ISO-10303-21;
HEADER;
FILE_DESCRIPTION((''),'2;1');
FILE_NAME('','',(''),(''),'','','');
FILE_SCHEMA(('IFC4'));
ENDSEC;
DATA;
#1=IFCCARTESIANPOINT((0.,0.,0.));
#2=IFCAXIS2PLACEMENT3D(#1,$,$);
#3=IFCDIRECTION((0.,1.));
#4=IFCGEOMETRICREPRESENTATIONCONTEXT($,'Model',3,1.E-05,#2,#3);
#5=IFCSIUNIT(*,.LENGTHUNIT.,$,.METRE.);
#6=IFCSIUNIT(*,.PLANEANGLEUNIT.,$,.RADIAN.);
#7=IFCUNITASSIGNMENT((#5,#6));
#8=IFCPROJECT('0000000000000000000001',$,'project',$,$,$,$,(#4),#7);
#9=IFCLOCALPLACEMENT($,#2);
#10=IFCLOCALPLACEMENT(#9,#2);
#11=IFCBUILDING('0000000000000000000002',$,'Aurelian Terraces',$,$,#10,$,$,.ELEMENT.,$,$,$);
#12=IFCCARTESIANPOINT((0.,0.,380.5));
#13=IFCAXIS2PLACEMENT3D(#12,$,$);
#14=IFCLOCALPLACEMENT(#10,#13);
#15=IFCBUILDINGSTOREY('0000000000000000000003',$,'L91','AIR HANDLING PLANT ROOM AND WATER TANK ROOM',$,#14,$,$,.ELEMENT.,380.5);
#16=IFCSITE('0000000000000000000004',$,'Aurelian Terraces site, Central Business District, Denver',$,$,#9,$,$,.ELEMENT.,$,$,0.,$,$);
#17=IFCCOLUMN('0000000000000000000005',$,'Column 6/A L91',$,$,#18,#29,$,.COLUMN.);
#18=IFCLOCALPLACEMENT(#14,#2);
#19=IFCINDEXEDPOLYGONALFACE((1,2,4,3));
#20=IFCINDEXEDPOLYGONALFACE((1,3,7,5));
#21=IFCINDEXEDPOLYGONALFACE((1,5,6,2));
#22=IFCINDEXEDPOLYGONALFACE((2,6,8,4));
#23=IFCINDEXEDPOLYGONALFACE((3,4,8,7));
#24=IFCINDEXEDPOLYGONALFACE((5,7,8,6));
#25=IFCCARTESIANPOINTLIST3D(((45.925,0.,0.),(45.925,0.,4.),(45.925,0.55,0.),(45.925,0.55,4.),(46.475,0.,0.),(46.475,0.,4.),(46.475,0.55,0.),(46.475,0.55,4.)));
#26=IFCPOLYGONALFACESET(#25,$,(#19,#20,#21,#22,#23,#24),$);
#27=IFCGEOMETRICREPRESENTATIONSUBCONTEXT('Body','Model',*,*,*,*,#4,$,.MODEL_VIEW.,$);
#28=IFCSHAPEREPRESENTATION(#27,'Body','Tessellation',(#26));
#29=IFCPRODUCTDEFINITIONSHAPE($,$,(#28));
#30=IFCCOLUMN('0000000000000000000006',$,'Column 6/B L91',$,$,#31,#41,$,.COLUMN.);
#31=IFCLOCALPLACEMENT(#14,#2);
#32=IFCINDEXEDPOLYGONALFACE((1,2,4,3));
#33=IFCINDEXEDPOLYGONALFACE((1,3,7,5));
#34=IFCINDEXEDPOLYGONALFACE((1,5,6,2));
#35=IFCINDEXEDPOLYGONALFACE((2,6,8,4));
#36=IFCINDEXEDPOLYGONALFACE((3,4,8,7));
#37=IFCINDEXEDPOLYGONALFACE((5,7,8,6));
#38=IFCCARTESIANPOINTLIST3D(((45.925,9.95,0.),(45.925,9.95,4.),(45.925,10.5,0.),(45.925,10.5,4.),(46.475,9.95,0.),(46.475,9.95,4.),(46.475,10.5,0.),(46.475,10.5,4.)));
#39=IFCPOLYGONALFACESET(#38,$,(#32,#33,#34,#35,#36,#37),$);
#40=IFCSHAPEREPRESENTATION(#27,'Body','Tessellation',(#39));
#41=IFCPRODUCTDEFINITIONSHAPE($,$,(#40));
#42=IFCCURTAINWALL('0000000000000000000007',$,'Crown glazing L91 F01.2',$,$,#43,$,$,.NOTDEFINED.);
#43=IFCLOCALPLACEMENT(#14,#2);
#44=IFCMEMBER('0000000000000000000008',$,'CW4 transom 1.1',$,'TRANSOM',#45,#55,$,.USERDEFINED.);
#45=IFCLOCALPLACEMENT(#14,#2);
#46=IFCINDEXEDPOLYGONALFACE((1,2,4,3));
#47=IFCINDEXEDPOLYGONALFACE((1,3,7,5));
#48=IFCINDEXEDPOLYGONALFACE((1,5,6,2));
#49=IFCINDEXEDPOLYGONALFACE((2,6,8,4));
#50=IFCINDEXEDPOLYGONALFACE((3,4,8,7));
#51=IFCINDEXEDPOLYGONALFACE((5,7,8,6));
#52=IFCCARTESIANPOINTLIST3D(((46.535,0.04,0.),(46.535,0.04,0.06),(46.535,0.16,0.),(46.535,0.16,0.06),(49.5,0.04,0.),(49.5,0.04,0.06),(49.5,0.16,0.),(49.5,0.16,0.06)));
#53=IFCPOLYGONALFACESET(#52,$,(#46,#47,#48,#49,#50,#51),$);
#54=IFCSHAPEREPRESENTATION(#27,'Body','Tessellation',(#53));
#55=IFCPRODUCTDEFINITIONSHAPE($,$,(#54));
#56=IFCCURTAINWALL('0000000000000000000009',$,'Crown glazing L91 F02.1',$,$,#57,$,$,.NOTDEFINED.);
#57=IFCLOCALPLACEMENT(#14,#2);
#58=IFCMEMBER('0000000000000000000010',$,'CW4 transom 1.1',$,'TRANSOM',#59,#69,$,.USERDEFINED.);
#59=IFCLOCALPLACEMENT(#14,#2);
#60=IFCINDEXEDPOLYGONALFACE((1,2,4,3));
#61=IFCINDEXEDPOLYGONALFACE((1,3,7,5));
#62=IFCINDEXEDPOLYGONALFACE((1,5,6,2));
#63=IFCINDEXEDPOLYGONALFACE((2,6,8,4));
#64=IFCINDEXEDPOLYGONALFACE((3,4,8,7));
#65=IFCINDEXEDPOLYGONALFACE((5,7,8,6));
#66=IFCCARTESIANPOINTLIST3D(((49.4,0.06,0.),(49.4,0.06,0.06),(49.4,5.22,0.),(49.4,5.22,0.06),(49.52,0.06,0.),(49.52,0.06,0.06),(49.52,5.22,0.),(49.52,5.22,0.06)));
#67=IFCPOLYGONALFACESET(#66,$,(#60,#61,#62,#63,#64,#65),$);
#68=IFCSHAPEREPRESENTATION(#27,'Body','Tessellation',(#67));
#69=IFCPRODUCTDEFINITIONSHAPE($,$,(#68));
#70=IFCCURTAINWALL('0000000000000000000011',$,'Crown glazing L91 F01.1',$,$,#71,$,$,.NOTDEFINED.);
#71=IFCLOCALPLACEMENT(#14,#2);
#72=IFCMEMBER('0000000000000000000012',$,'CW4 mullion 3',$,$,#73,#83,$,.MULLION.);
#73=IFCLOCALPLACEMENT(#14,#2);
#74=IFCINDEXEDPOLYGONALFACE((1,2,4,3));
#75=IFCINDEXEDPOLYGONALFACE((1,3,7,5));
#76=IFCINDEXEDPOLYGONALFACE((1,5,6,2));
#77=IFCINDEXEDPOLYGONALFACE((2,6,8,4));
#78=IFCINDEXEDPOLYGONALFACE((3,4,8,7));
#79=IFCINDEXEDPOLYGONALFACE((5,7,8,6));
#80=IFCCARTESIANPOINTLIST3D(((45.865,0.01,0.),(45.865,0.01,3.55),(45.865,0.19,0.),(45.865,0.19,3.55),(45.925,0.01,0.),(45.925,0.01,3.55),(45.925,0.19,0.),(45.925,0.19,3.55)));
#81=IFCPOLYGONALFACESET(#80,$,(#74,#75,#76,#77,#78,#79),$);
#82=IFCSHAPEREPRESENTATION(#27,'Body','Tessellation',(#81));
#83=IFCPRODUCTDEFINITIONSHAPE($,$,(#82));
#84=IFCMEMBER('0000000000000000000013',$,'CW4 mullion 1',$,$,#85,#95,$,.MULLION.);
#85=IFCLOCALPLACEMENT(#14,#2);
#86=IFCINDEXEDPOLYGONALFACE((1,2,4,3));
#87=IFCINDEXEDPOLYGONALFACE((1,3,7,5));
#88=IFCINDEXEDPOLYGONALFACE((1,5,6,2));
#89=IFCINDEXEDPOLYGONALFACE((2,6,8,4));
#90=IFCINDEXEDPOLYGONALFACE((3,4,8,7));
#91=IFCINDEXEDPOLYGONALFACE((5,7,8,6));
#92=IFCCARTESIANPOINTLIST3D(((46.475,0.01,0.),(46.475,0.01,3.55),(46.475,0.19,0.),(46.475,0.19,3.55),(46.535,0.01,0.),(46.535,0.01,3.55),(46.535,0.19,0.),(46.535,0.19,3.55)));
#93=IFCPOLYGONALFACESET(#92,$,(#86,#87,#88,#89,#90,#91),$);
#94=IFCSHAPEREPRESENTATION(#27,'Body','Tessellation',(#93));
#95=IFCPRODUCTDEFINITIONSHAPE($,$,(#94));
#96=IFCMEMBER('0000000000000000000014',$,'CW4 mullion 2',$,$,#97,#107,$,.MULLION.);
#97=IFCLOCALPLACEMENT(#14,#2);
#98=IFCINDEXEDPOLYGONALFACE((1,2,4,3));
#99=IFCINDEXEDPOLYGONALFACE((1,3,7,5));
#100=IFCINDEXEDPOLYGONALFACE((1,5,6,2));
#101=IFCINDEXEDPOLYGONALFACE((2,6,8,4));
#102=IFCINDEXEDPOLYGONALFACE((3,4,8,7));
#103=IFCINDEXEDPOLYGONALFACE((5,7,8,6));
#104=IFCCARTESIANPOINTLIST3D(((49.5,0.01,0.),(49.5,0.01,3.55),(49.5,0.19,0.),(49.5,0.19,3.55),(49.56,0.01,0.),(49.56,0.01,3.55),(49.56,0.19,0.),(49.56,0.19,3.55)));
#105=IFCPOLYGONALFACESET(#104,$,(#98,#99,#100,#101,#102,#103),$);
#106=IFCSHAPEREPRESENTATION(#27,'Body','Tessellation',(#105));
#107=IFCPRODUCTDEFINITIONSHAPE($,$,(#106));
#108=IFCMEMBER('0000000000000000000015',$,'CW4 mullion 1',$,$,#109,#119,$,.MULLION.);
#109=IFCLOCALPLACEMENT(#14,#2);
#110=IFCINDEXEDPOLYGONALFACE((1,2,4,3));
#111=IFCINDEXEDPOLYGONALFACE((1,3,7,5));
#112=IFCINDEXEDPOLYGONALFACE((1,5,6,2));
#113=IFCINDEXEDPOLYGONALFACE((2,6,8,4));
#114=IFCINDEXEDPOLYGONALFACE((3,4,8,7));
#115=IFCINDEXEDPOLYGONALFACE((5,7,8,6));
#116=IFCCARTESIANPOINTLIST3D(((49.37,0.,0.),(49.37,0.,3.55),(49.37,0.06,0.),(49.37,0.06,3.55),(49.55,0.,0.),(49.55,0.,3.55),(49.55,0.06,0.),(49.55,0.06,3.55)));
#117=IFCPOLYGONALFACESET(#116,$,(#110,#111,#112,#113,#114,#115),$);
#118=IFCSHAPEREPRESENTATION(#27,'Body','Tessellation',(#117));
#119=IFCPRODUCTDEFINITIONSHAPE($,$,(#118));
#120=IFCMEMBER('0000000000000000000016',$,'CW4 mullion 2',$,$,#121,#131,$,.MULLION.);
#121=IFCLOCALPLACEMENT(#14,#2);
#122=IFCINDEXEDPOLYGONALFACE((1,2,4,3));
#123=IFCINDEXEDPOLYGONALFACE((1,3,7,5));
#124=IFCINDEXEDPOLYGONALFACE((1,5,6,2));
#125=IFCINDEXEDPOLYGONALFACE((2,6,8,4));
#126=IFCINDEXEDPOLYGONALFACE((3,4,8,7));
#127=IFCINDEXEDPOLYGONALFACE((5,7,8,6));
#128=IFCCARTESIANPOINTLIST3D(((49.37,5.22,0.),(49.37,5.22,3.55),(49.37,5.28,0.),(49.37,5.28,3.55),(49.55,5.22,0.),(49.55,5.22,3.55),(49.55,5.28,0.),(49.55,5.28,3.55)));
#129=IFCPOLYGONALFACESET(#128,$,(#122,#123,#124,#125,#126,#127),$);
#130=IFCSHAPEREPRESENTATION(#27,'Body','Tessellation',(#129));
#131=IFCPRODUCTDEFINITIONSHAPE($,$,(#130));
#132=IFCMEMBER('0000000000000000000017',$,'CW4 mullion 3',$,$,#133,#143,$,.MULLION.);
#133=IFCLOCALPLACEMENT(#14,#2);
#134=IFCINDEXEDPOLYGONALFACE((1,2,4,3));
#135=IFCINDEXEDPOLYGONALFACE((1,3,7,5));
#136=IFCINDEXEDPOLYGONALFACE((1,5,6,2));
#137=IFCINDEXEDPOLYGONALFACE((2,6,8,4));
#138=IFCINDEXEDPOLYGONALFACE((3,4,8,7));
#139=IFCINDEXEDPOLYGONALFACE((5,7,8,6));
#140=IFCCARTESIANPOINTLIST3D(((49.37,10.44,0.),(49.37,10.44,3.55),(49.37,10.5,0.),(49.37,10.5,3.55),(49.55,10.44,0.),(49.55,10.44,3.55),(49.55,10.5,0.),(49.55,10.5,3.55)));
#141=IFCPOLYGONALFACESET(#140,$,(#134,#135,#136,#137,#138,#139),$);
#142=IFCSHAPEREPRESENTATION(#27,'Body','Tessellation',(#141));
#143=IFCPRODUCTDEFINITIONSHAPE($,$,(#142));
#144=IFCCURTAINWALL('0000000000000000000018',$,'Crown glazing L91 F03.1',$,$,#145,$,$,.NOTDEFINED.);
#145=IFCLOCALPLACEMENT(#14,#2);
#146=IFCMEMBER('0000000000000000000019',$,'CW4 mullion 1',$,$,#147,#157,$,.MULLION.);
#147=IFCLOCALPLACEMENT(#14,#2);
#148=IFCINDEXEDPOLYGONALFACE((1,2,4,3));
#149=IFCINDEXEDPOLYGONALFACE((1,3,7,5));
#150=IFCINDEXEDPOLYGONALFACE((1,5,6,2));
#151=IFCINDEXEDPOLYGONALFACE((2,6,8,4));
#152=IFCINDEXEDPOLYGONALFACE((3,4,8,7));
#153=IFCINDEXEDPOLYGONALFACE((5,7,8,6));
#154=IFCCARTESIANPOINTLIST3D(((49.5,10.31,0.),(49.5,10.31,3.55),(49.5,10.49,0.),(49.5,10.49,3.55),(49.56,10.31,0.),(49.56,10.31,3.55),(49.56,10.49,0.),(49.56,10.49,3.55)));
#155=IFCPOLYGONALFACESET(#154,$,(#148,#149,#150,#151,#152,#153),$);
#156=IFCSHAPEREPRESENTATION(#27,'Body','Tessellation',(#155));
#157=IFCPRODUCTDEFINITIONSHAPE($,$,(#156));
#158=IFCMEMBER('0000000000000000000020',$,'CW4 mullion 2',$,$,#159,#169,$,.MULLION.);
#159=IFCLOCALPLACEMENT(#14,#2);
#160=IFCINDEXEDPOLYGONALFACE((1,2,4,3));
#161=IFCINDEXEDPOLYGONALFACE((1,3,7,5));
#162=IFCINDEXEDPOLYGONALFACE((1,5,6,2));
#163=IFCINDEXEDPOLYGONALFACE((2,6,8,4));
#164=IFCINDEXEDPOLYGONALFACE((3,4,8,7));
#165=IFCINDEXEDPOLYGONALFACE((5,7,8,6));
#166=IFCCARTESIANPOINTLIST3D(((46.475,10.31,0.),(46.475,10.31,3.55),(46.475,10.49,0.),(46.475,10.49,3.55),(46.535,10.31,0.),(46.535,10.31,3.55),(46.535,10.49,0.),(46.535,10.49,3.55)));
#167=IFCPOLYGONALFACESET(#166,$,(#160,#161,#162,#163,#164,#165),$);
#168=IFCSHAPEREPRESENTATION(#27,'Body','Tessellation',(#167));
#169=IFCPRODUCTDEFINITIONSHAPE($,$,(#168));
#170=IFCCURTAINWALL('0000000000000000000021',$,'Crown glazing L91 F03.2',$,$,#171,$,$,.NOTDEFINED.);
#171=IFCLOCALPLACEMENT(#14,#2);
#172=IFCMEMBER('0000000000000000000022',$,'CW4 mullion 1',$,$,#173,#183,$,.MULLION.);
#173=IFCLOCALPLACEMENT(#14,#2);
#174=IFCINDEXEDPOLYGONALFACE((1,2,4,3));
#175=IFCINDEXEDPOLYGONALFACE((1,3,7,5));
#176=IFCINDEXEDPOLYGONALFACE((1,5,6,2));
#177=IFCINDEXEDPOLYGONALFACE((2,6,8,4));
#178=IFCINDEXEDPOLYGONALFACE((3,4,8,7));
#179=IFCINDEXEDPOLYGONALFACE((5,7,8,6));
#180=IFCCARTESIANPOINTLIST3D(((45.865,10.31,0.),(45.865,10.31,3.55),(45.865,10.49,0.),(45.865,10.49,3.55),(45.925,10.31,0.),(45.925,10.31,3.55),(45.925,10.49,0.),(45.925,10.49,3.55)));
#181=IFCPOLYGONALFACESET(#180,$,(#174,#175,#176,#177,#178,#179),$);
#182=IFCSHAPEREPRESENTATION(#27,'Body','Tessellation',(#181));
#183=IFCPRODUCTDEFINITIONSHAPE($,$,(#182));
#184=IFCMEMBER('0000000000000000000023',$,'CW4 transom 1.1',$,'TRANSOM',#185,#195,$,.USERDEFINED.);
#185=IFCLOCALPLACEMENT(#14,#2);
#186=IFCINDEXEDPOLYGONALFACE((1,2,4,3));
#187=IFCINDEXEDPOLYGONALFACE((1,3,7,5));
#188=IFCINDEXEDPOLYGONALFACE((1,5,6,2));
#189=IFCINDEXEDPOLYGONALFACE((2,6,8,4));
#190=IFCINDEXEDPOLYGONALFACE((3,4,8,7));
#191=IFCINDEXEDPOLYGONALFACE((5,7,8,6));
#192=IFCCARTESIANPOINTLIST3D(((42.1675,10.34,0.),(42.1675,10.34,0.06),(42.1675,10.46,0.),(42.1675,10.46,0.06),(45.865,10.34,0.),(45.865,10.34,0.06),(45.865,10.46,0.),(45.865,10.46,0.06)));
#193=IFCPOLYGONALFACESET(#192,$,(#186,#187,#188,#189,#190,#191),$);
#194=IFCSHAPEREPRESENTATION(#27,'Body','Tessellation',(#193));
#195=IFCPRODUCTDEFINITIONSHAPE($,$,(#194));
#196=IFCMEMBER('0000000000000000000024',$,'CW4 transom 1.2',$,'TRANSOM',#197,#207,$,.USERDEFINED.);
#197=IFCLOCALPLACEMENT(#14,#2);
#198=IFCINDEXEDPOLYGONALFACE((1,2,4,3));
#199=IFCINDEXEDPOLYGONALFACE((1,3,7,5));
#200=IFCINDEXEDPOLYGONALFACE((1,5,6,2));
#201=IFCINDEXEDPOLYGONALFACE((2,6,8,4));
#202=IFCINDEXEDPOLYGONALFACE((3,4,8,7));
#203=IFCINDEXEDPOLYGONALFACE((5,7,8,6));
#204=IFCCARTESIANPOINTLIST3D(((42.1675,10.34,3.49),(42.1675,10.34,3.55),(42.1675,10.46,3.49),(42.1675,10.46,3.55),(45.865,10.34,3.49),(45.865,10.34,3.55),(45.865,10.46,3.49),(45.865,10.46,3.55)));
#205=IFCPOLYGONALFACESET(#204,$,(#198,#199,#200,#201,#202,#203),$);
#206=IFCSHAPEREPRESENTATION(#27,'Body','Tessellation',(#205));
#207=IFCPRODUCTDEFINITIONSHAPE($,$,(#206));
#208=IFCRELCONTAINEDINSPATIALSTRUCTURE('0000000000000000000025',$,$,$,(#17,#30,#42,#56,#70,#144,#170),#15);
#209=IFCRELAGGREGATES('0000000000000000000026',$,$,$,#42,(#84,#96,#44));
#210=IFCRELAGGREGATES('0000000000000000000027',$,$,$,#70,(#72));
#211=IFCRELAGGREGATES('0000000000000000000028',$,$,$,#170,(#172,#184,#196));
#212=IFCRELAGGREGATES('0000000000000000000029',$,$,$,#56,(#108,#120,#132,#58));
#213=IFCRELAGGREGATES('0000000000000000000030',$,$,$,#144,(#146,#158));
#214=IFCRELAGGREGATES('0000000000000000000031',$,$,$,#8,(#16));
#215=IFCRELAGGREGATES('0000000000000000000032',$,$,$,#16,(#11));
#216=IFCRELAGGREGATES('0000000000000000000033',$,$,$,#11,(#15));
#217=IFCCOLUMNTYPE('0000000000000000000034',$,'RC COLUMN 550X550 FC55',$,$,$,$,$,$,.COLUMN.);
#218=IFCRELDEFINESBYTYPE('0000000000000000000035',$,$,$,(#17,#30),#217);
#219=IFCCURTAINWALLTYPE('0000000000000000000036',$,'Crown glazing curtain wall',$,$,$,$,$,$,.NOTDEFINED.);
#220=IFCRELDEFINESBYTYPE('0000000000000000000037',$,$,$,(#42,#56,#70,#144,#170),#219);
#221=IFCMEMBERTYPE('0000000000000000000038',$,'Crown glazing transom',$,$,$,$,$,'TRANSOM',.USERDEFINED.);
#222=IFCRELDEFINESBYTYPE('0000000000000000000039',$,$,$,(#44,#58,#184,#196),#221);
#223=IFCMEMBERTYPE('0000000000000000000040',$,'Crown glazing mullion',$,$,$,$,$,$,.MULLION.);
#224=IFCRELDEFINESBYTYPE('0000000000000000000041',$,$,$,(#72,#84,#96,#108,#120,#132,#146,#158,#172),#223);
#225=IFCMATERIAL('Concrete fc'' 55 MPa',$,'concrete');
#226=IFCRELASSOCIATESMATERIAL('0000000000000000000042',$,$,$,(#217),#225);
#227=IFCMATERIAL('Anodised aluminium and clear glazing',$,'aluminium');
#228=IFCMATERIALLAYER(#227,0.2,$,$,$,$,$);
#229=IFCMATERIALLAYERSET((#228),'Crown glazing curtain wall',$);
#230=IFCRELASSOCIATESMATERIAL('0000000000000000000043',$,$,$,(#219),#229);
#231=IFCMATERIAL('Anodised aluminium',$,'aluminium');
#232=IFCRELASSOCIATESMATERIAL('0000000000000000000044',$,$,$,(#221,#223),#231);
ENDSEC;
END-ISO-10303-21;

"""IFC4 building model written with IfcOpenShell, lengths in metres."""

from ifc_helpers import new_model, si_unit, direction, frame, origin, origin_2d, place, context, subcontext, project, spatial, rectangle, extrude, source, transform, mapped, material, layer, layer_set, material_profile, profile_set, type_object, element, aggregate, save


model = new_model("IFC4")

# Units and contexts
model_context = context("Model", 3, precision=1e-05, world=origin(), true_north=direction((0.0, 1.0)))
body_context = subcontext(model_context, "Body", "Model", "MODEL_VIEW")
ifc_project = project(units=[si_unit("LENGTHUNIT", "METRE"), si_unit("PLANEANGLEUNIT", "RADIAN")], contexts=[model_context])

# Site, building, storey
site_placement = place(None, origin())
site = spatial("IfcSite", under=ifc_project, at=site_placement, Name="Aurelian Terraces site, Central Business District, Denver", CompositionType="ELEMENT", RefElevation=0.0)
building_placement = place(site_placement, origin())
building = spatial("IfcBuilding", under=site, at=building_placement, Name="Aurelian Terraces", CompositionType="ELEMENT")
storey_placement = place(building_placement, frame((0.0, 0.0, 380.5)))
storey = spatial("IfcBuildingStorey", under=building, at=storey_placement, Name="L91", Description="AIR HANDLING PLANT ROOM AND WATER TANK ROOM", CompositionType="ELEMENT", Elevation=380.5)

# Columns
ifc_material_1 = material(Name="Concrete fc' 55 MPa", Category="concrete")
ifc_material_profile_1 = material_profile(ifc_material_1, rectangle(XDim=0.55, YDim=0.55, at=origin_2d()))
ifc_profile_set_1 = profile_set([ifc_material_profile_1], Name="Concrete fc' 55 MPa")
column_type = type_object("IfcColumnType", Name="RC COLUMN 550X550 FC55", PredefinedType="COLUMN", material=ifc_profile_set_1)
shared_shape_1 = source(origin(), body_context, "Body", "SweptSolid", [
    extrude(rectangle(XDim=0.55, YDim=0.55, at=origin_2d()), origin(), (0.0, 0.0, 1.0), 4.0),
])
for number, where, z_axis, x_axis, name in (
    (1, (46.2, 0.275, 0.0), (0.0, 0.0, 1.0), (1.0, 0.0, 0.0), "Column 6/A L91"),
    (2, (46.2, 10.225, 0.0), (0.0, 0.0, 1.0), (1.0, 0.0, 0.0), "Column 6/B L91"),
):
    element("IfcColumn", number, at=place(storey_placement, frame(where, z_axis=z_axis, x_axis=x_axis)), inside=storey, type_object=column_type, Name=name, PredefinedType="COLUMN", context=body_context, shape_type="MappedRepresentation", body=[
        mapped(shared_shape_1, transform((0.0, 0.0, 0.0), scale=1.0)),
    ])

# Curtain walls, members
ifc_material_2 = material(Name="Anodised aluminium and clear glazing", Category="aluminium")
ifc_layer_1 = layer(ifc_material_2, 0.2)
ifc_layer_set_1 = layer_set([ifc_layer_1], Name="Crown glazing curtain wall")
curtain_wall_type = type_object("IfcCurtainWallType", Name="Crown glazing curtain wall", PredefinedType="NOTDEFINED", material=ifc_layer_set_1)
curtain_wall_1_placement = place(storey_placement, origin())
curtain_wall_1 = element("IfcCurtainWall", 3, at=curtain_wall_1_placement, inside=storey, type_object=curtain_wall_type, Name="Crown glazing L91 F01.2", PredefinedType="NOTDEFINED")
ifc_material_3 = material(Name="Anodised aluminium", Category="aluminium")
ifc_material_profile_2 = material_profile(ifc_material_3, rectangle(XDim=0.12, YDim=0.06, at=origin_2d()))
ifc_profile_set_2 = profile_set([ifc_material_profile_2], Name="Anodised aluminium")
member_type_1 = type_object("IfcMemberType", Name="Crown glazing transom", ElementType="TRANSOM", PredefinedType="USERDEFINED", material=ifc_profile_set_2)
member_1_placement = place(storey_placement, frame((46.535, 0.1, 0.03), z_axis=(1.0, 0.0, 0.0), x_axis=(0.0, 1.0, 0.0)))
member_1 = element("IfcMember", 4, at=member_1_placement, type_object=member_type_1, Name="CW4 transom 1.1", ObjectType="TRANSOM", PredefinedType="USERDEFINED", context=body_context, shape_type="SweptSolid", body=[
    extrude(rectangle(XDim=0.12, YDim=0.06, at=origin_2d()), origin(), (0.0, 0.0, 1.0), 2.965),
])
curtain_wall_2_placement = place(storey_placement, origin())
curtain_wall_2 = element("IfcCurtainWall", 5, at=curtain_wall_2_placement, inside=storey, type_object=curtain_wall_type, Name="Crown glazing L91 F02.1", PredefinedType="NOTDEFINED")
member_2_placement = place(storey_placement, frame((49.46, 0.06, 0.03), z_axis=(0.0, 1.0, 0.0), x_axis=(-1.0, 0.0, 0.0)))
member_2 = element("IfcMember", 6, at=member_2_placement, type_object=member_type_1, Name="CW4 transom 1.1", ObjectType="TRANSOM", PredefinedType="USERDEFINED", context=body_context, shape_type="SweptSolid", body=[
    extrude(rectangle(XDim=0.12, YDim=0.06, at=origin_2d()), origin(), (0.0, 0.0, 1.0), 5.16),
])
curtain_wall_3_placement = place(storey_placement, origin())
curtain_wall_3 = element("IfcCurtainWall", 7, at=curtain_wall_3_placement, inside=storey, type_object=curtain_wall_type, Name="Crown glazing L91 F01.1", PredefinedType="NOTDEFINED")
ifc_material_profile_3 = material_profile(ifc_material_3, rectangle(XDim=0.18, YDim=0.06, at=origin_2d()))
ifc_profile_set_3 = profile_set([ifc_material_profile_3], Name="Anodised aluminium")
member_type_2 = type_object("IfcMemberType", Name="Crown glazing mullion", PredefinedType="MULLION", material=ifc_profile_set_3)
shared_shape_2 = source(origin(), body_context, "Body", "SweptSolid", [
    extrude(rectangle(XDim=0.18, YDim=0.06, at=origin_2d()), origin(), (0.0, 0.0, 1.0), 3.55),
])
member_3_placement = place(storey_placement, frame((45.895, 0.1, 0.0), z_axis=(0.0, 0.0, 1.0), x_axis=(0.0, 1.0, 0.0)))
member_3 = element("IfcMember", 8, at=member_3_placement, type_object=member_type_2, Name="CW4 mullion 3", PredefinedType="MULLION", context=body_context, shape_type="MappedRepresentation", body=[
    mapped(shared_shape_2, transform((0.0, 0.0, 0.0), scale=1.0)),
])

# Members
member_4_placement = place(storey_placement, frame((46.505, 0.1, 0.0), z_axis=(0.0, 0.0, 1.0), x_axis=(0.0, 1.0, 0.0)))
member_4 = element("IfcMember", 9, at=member_4_placement, type_object=member_type_2, Name="CW4 mullion 1", PredefinedType="MULLION", context=body_context, shape_type="MappedRepresentation", body=[
    mapped(shared_shape_2, transform((0.0, 0.0, 0.0), scale=1.0)),
])
member_5_placement = place(storey_placement, frame((49.53, 0.1, 0.0), z_axis=(0.0, 0.0, 1.0), x_axis=(0.0, 1.0, 0.0)))
member_5 = element("IfcMember", 10, at=member_5_placement, type_object=member_type_2, Name="CW4 mullion 2", PredefinedType="MULLION", context=body_context, shape_type="MappedRepresentation", body=[
    mapped(shared_shape_2, transform((0.0, 0.0, 0.0), scale=1.0)),
])
member_6_placement = place(storey_placement, frame((49.46, 0.03, 0.0), z_axis=(0.0, 0.0, 1.0), x_axis=(-1.0, 0.0, 0.0)))
member_6 = element("IfcMember", 11, at=member_6_placement, type_object=member_type_2, Name="CW4 mullion 1", PredefinedType="MULLION", context=body_context, shape_type="MappedRepresentation", body=[
    mapped(shared_shape_2, transform((0.0, 0.0, 0.0), scale=1.0)),
])
member_7_placement = place(storey_placement, frame((49.46, 5.25, 0.0), z_axis=(0.0, 0.0, 1.0), x_axis=(-1.0, 0.0, 0.0)))
member_7 = element("IfcMember", 12, at=member_7_placement, type_object=member_type_2, Name="CW4 mullion 2", PredefinedType="MULLION", context=body_context, shape_type="MappedRepresentation", body=[
    mapped(shared_shape_2, transform((0.0, 0.0, 0.0), scale=1.0)),
])
member_8_placement = place(storey_placement, frame((49.46, 10.47, 0.0), z_axis=(0.0, 0.0, 1.0), x_axis=(-1.0, 0.0, 0.0)))
member_8 = element("IfcMember", 13, at=member_8_placement, type_object=member_type_2, Name="CW4 mullion 3", PredefinedType="MULLION", context=body_context, shape_type="MappedRepresentation", body=[
    mapped(shared_shape_2, transform((0.0, 0.0, 0.0), scale=1.0)),
])

# Curtain walls, members
curtain_wall_4_placement = place(storey_placement, origin())
curtain_wall_4 = element("IfcCurtainWall", 14, at=curtain_wall_4_placement, inside=storey, type_object=curtain_wall_type, Name="Crown glazing L91 F03.1", PredefinedType="NOTDEFINED")
member_9_placement = place(storey_placement, frame((49.53, 10.4, 0.0), z_axis=(0.0, 0.0, 1.0), x_axis=(0.0, -1.0, 0.0)))
member_9 = element("IfcMember", 15, at=member_9_placement, type_object=member_type_2, Name="CW4 mullion 1", PredefinedType="MULLION", context=body_context, shape_type="MappedRepresentation", body=[
    mapped(shared_shape_2, transform((0.0, 0.0, 0.0), scale=1.0)),
])
member_10_placement = place(storey_placement, frame((46.505, 10.4, 0.0), z_axis=(0.0, 0.0, 1.0), x_axis=(0.0, -1.0, 0.0)))
member_10 = element("IfcMember", 16, at=member_10_placement, type_object=member_type_2, Name="CW4 mullion 2", PredefinedType="MULLION", context=body_context, shape_type="MappedRepresentation", body=[
    mapped(shared_shape_2, transform((0.0, 0.0, 0.0), scale=1.0)),
])
curtain_wall_5_placement = place(storey_placement, origin())
curtain_wall_5 = element("IfcCurtainWall", 17, at=curtain_wall_5_placement, inside=storey, type_object=curtain_wall_type, Name="Crown glazing L91 F03.2", PredefinedType="NOTDEFINED")
member_11_placement = place(storey_placement, frame((45.895, 10.4, 0.0), z_axis=(0.0, 0.0, 1.0), x_axis=(0.0, -1.0, 0.0)))
member_11 = element("IfcMember", 18, at=member_11_placement, type_object=member_type_2, Name="CW4 mullion 1", PredefinedType="MULLION", context=body_context, shape_type="MappedRepresentation", body=[
    mapped(shared_shape_2, transform((0.0, 0.0, 0.0), scale=1.0)),
])
shared_shape_3 = source(origin(), body_context, "Body", "SweptSolid", [
    extrude(rectangle(XDim=0.12, YDim=0.06, at=origin_2d()), origin(), (0.0, 0.0, 1.0), 3.6975),
])
member_12_placement = place(storey_placement, frame((45.865, 10.4, 0.03), z_axis=(-1.0, 0.0, 0.0), x_axis=(0.0, -1.0, 0.0)))
member_12 = element("IfcMember", 19, at=member_12_placement, type_object=member_type_1, Name="CW4 transom 1.1", ObjectType="TRANSOM", PredefinedType="USERDEFINED", context=body_context, shape_type="MappedRepresentation", body=[
    mapped(shared_shape_3, transform((0.0, 0.0, 0.0), scale=1.0)),
])
member_13_placement = place(storey_placement, frame((45.865, 10.4, 3.52), z_axis=(-1.0, 0.0, 0.0), x_axis=(0.0, -1.0, 0.0)))
member_13 = element("IfcMember", 20, at=member_13_placement, type_object=member_type_1, Name="CW4 transom 1.2", ObjectType="TRANSOM", PredefinedType="USERDEFINED", context=body_context, shape_type="MappedRepresentation", body=[
    mapped(shared_shape_3, transform((0.0, 0.0, 0.0), scale=1.0)),
])

aggregate(curtain_wall_1, [member_4, member_5, member_1])
aggregate(curtain_wall_3, [member_3])
aggregate(curtain_wall_5, [member_11, member_12, member_13])
aggregate(curtain_wall_2, [member_6, member_7, member_8, member_2])
aggregate(curtain_wall_4, [member_9, member_10])

save(model, "model.ifc")
